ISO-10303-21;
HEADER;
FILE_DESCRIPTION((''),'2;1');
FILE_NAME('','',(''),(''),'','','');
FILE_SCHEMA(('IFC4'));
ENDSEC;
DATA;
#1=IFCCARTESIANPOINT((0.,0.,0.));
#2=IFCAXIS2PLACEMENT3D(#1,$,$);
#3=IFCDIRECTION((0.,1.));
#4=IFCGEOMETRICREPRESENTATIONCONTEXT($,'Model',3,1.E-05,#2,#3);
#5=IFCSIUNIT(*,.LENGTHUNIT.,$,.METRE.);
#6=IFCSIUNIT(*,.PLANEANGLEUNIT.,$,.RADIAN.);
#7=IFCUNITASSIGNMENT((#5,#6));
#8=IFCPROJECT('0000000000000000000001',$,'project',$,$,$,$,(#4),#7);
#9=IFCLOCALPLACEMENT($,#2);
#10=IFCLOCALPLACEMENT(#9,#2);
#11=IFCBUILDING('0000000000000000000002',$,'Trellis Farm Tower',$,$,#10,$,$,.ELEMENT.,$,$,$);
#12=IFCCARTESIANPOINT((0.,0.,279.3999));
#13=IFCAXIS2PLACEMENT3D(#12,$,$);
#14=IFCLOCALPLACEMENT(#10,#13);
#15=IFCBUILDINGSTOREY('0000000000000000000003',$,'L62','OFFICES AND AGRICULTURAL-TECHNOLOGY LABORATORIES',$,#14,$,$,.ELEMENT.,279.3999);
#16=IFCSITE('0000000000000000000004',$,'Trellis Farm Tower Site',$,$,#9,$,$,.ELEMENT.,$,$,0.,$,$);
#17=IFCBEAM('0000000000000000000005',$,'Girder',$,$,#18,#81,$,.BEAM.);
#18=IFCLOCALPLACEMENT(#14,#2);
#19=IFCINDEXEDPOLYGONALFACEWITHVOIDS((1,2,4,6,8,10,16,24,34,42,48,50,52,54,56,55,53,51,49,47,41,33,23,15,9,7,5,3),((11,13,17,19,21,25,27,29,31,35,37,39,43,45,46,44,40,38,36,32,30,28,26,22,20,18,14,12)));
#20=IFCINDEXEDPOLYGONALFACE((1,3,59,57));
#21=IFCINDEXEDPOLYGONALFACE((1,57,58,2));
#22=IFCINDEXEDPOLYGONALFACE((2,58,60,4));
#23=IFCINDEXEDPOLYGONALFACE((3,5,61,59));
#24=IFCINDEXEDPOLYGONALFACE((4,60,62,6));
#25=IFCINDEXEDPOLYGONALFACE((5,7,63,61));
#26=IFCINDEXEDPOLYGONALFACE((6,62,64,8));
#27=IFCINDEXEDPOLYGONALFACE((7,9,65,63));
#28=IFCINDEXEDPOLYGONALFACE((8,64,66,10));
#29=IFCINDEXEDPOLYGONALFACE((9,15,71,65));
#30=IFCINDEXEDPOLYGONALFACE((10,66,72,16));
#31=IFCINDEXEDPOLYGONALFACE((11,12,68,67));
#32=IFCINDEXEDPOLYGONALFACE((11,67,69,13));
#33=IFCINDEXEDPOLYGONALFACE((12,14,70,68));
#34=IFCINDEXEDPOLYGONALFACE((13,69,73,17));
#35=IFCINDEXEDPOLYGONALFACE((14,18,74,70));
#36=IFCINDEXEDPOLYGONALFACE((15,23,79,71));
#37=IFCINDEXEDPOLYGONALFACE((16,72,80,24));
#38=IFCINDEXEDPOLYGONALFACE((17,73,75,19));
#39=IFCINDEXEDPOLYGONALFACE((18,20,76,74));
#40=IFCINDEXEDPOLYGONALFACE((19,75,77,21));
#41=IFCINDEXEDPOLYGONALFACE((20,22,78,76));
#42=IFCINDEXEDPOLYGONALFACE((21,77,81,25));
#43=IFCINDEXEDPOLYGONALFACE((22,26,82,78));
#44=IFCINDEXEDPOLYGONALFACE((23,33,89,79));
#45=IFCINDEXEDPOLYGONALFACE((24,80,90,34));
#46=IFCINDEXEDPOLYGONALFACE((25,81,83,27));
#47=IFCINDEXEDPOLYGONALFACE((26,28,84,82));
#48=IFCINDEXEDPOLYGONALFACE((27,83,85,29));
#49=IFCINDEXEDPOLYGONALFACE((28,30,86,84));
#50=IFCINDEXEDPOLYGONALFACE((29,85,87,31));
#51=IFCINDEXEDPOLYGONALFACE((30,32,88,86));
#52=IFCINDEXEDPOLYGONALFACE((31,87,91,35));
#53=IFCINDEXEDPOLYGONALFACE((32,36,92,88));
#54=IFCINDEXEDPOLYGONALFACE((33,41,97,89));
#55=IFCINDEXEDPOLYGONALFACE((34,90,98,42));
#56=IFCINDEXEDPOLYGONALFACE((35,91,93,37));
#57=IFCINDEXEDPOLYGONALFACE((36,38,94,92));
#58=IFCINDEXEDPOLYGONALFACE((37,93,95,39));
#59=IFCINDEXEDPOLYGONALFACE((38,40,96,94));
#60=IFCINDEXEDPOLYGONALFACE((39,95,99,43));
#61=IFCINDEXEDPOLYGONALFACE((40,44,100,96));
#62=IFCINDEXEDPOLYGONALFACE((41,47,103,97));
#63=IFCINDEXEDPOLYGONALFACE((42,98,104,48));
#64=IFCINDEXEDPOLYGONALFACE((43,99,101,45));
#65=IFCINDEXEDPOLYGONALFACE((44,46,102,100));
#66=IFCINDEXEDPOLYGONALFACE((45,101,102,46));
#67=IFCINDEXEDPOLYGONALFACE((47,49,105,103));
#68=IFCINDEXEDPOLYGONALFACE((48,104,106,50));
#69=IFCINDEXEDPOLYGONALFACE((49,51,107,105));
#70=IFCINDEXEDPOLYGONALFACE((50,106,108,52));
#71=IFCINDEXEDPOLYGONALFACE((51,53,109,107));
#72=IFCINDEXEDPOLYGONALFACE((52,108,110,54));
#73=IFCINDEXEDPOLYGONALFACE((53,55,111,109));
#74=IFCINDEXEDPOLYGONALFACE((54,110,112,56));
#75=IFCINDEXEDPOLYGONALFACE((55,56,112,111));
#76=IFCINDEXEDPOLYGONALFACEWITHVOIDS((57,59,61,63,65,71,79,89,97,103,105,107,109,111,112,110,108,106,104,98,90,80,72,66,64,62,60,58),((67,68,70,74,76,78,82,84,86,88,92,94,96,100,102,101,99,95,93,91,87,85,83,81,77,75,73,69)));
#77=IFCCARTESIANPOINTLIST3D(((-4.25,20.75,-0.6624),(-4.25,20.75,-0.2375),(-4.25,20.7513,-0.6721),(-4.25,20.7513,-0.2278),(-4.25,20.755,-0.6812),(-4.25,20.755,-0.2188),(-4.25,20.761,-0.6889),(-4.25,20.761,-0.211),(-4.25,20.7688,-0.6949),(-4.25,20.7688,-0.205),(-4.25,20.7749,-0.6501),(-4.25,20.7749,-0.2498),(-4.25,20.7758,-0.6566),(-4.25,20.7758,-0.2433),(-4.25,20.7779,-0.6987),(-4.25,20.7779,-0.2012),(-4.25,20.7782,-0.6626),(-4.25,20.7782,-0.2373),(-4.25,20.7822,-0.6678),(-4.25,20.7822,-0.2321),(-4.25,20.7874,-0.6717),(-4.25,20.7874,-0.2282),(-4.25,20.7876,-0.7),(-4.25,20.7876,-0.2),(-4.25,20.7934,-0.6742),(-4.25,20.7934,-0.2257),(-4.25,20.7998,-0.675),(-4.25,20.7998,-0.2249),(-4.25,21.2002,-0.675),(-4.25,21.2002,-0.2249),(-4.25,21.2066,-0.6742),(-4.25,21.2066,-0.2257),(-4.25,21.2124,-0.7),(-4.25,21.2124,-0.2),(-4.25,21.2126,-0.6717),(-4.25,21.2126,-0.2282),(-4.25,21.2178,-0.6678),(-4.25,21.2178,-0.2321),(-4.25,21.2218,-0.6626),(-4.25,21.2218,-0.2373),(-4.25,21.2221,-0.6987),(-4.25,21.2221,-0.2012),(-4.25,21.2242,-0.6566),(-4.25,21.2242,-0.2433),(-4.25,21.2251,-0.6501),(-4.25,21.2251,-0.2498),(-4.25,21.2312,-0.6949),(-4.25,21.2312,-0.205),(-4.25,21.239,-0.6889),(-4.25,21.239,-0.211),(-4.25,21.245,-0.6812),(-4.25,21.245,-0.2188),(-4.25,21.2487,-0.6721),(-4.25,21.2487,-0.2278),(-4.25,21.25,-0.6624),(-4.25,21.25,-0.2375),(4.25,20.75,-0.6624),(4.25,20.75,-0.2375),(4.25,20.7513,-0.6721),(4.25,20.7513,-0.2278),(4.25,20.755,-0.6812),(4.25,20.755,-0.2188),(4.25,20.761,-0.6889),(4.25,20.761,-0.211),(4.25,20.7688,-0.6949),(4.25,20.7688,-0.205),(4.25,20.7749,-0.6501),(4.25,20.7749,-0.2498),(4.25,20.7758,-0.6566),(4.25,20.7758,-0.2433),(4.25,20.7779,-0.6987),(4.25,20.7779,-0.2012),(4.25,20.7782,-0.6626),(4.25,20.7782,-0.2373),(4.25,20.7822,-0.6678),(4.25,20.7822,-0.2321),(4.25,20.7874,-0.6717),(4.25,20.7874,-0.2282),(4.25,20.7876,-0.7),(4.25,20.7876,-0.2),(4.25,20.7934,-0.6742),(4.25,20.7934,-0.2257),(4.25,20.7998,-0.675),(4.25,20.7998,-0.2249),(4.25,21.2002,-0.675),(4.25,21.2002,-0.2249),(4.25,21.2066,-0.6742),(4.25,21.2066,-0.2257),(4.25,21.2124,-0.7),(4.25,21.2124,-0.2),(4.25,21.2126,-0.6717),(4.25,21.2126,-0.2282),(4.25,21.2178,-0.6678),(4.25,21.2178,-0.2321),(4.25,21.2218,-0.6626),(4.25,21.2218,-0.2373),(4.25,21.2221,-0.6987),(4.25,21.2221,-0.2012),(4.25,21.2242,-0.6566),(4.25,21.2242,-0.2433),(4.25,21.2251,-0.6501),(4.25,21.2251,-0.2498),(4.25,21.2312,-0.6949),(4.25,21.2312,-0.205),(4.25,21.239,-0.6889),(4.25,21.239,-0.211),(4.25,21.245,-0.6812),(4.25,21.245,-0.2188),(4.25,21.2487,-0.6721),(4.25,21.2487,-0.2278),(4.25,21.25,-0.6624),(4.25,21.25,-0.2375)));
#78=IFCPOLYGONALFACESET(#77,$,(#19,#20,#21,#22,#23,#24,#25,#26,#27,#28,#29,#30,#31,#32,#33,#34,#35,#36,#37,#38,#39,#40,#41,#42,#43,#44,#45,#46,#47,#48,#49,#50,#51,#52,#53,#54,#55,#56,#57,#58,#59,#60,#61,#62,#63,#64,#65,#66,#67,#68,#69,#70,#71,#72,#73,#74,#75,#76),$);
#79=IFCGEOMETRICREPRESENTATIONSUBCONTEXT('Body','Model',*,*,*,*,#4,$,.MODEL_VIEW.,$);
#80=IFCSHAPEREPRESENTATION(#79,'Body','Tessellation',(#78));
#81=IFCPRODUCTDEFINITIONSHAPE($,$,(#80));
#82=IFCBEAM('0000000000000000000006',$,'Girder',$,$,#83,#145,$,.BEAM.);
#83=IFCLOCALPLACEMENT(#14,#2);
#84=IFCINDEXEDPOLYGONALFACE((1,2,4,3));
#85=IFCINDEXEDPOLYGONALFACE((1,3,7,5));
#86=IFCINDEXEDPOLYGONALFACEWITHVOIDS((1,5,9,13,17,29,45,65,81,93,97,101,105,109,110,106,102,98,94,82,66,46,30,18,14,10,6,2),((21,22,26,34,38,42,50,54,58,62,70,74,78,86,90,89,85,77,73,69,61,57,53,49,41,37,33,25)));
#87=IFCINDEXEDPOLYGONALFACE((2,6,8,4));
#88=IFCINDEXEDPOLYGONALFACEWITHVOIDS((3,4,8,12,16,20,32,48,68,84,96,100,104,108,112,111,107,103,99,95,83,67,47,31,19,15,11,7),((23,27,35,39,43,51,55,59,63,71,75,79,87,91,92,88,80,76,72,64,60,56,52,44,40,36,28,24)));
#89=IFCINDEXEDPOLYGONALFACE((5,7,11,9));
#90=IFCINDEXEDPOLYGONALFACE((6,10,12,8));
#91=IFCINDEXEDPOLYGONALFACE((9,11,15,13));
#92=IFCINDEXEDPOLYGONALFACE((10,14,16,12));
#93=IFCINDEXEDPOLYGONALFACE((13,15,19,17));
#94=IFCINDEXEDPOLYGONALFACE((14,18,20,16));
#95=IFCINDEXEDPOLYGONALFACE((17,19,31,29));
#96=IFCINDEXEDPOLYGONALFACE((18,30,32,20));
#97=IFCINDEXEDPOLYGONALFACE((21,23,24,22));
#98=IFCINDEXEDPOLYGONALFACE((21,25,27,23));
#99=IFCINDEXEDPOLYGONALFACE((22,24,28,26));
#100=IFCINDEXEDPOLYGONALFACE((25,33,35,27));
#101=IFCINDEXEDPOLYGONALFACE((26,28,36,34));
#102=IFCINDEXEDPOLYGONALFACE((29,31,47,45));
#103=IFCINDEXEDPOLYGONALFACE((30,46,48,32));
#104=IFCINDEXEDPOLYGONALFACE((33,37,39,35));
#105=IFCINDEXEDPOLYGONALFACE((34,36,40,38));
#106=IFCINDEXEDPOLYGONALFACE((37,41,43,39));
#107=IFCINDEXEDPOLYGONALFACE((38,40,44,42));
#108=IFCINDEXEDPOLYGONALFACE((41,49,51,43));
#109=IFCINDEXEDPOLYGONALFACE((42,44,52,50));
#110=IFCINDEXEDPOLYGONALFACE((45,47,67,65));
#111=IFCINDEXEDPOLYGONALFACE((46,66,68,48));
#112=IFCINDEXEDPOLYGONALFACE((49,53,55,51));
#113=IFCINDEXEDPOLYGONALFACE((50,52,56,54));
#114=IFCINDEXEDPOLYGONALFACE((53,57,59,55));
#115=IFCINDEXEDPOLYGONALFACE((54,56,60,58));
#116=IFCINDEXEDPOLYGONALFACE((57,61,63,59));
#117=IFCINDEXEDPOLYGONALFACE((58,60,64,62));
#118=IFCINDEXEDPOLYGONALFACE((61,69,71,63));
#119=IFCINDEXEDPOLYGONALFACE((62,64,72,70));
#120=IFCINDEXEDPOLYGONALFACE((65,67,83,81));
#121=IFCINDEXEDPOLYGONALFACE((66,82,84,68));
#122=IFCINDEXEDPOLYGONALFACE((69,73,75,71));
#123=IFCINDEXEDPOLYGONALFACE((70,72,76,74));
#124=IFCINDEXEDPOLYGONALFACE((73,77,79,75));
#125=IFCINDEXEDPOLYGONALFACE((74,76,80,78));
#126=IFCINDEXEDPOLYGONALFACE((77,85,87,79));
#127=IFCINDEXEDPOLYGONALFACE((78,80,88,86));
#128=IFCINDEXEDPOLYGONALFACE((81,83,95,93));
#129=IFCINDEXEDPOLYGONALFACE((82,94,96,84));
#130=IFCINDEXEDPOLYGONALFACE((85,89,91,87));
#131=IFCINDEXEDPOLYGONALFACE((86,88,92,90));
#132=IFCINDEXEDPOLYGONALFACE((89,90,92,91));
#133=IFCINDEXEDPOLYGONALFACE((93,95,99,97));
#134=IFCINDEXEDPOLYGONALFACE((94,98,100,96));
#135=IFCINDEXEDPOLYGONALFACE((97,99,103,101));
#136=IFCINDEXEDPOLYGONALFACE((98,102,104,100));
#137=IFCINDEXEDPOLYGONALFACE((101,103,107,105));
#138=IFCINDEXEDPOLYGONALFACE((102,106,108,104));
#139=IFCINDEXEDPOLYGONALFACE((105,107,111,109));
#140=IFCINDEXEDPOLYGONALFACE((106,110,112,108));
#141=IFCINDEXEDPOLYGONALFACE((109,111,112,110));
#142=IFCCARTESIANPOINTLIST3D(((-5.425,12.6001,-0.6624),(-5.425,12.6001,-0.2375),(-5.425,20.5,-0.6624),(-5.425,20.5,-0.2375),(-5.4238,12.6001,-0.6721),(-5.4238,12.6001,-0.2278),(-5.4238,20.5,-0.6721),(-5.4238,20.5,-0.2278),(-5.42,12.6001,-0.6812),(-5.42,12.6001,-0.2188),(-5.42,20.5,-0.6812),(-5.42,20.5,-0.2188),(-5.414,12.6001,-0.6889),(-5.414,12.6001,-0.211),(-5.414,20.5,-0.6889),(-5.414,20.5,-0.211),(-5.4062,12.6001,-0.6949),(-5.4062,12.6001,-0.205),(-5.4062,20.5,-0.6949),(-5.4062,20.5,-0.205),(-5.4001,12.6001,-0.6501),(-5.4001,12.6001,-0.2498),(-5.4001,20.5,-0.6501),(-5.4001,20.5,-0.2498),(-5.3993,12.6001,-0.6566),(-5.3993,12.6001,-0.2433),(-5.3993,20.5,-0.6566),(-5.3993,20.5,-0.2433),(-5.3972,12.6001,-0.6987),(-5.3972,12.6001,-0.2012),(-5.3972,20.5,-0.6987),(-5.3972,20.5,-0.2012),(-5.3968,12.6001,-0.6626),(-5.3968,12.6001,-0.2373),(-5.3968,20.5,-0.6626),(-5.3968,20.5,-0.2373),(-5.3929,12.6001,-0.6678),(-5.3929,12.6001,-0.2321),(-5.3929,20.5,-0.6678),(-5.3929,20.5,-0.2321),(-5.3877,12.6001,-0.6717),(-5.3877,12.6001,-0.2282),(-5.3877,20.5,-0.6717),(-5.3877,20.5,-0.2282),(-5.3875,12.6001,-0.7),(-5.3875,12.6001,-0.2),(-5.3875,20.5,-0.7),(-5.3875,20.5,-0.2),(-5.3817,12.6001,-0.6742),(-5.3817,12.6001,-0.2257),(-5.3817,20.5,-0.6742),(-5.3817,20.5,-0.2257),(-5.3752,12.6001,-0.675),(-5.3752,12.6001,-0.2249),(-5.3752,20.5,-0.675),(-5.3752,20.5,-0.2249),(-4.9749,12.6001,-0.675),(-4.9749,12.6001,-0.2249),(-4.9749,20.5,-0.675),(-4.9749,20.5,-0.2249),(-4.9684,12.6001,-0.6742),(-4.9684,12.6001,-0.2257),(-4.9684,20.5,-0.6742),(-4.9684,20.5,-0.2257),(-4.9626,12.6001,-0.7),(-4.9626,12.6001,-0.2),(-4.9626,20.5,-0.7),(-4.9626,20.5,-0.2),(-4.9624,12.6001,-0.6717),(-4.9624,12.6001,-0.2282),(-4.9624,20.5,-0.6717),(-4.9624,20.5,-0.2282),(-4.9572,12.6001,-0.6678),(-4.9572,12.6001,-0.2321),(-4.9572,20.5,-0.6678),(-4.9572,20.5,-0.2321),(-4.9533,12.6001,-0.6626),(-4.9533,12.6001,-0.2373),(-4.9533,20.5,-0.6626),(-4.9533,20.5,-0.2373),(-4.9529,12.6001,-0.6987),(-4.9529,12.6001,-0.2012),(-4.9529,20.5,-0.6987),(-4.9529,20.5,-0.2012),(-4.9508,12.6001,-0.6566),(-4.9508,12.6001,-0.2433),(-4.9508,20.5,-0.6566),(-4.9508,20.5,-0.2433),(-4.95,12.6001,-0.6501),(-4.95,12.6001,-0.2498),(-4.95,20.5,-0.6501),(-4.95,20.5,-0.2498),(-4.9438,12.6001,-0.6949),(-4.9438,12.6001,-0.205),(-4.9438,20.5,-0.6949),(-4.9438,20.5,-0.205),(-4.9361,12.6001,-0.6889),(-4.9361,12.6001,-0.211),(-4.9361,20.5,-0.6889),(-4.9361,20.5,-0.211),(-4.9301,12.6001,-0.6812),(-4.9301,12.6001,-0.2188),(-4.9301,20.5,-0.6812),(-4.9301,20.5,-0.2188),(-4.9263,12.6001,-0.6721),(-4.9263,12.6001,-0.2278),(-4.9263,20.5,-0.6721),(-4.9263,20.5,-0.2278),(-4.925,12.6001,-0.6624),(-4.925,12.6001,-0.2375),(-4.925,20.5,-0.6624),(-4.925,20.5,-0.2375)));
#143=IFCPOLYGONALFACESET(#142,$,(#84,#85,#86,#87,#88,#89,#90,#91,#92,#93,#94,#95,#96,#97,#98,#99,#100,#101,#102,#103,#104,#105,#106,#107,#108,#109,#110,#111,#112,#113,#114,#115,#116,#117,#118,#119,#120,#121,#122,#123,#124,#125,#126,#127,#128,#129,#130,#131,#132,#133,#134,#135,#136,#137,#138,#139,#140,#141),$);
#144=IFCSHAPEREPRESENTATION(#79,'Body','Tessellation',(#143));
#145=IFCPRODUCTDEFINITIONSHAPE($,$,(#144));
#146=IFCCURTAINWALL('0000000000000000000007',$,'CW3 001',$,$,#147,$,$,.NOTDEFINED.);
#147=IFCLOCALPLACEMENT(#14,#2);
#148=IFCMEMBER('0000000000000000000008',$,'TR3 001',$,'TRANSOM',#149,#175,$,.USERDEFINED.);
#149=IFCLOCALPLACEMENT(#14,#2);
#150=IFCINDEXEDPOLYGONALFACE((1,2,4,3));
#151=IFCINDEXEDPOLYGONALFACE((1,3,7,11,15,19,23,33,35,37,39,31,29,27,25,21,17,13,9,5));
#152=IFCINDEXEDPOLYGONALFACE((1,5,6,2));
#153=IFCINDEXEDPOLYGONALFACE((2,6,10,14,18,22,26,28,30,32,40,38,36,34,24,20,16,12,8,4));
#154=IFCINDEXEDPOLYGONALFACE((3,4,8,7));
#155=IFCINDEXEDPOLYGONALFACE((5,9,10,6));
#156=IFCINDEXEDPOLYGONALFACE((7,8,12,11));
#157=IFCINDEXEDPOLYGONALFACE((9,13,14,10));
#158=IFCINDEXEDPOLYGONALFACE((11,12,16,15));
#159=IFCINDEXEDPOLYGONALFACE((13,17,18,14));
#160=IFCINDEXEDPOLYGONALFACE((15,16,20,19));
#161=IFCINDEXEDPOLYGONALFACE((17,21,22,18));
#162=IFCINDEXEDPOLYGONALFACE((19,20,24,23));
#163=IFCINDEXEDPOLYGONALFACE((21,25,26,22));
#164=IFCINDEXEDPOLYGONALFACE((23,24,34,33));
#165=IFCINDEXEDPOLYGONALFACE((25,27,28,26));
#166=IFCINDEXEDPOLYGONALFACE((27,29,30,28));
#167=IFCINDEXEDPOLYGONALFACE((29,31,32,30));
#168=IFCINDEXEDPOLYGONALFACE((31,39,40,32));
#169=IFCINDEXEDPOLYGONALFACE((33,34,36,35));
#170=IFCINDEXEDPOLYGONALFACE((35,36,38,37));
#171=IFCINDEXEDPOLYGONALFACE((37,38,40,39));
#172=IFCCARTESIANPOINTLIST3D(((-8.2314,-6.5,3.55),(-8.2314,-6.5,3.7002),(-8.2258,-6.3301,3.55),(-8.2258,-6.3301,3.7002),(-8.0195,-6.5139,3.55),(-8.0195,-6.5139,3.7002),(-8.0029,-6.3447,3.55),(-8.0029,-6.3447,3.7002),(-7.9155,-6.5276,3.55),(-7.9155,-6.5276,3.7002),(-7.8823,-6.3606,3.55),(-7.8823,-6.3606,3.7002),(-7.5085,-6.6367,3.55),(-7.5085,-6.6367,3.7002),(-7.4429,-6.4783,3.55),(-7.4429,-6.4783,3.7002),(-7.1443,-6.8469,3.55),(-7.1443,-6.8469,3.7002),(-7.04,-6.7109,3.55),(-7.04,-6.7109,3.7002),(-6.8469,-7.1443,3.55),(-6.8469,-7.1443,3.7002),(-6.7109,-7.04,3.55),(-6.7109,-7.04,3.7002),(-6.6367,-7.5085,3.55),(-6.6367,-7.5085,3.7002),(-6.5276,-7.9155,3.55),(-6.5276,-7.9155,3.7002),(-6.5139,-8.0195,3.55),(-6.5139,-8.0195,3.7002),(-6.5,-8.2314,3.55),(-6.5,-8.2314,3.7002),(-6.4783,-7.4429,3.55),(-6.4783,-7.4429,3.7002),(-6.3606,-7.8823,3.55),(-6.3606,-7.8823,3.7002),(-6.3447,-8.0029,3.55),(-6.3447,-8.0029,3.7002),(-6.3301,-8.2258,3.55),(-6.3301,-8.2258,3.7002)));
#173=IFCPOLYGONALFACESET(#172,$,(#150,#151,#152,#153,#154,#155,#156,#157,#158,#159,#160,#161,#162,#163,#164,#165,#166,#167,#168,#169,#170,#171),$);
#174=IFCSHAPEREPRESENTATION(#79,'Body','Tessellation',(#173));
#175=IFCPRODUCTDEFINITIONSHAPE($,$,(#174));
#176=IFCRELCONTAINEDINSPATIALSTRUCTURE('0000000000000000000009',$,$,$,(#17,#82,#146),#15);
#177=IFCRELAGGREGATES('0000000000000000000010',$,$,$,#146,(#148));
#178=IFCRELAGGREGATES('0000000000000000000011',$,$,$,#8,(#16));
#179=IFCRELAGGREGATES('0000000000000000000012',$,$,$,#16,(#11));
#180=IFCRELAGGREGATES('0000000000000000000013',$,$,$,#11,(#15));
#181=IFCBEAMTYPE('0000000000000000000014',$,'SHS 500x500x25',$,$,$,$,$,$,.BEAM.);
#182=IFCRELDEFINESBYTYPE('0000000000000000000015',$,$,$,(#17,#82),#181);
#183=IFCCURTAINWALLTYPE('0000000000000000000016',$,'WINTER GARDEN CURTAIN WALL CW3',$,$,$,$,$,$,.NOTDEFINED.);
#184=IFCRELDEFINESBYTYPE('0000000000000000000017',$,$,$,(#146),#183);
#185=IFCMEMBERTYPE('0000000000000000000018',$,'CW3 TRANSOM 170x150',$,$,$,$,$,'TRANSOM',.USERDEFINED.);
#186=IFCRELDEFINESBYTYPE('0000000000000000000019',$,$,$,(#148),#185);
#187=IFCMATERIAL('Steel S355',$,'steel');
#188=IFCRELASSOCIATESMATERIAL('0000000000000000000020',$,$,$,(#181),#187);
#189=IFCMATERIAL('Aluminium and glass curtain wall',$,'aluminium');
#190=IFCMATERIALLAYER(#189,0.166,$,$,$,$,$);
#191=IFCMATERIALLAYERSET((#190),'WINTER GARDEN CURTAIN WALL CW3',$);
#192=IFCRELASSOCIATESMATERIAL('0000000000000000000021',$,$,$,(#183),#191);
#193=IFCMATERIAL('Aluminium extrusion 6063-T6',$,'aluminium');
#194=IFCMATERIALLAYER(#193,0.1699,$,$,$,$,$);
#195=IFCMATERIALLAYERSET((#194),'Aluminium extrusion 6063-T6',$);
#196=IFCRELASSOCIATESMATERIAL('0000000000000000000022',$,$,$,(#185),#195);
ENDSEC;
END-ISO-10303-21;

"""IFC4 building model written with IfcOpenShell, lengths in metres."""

from ifc_helpers import new_model, si_unit, direction, frame, origin, origin_2d, place, context, subcontext, project, spatial, polyline, hollow_rectangle, outline, extrude, source, transform, mapped, material, layer, layer_set, material_profile, profile_set, type_object, element, aggregate, save


model = new_model("IFC4")

# Units and contexts
model_context = context("Model", 3, precision=1e-05, world=origin(), true_north=direction((0.0, 1.0)))
body_context = subcontext(model_context, "Body", "Model", "MODEL_VIEW")
ifc_project = project(units=[si_unit("LENGTHUNIT", "METRE"), si_unit("PLANEANGLEUNIT", "RADIAN")], contexts=[model_context])

# Site, building, storey
site_placement = place(None, origin())
site = spatial("IfcSite", under=ifc_project, at=site_placement, Name="Trellis Farm Tower Site", CompositionType="ELEMENT", RefElevation=0.0)
building_placement = place(site_placement, origin())
building = spatial("IfcBuilding", under=site, at=building_placement, Name="Trellis Farm Tower", CompositionType="ELEMENT")
storey_placement = place(building_placement, frame((0.0, 0.0, 279.3999)))
storey = spatial("IfcBuildingStorey", under=building, at=storey_placement, Name="L62", Description="OFFICES AND AGRICULTURAL-TECHNOLOGY LABORATORIES", CompositionType="ELEMENT", Elevation=279.3999)

# Shared definitions
ifc_material_1 = material(Name="Aluminium and glass curtain wall", Category="aluminium")
placement_1 = place(storey_placement, origin())
ifc_material_2 = material(Name="Aluminium extrusion 6063-T6", Category="aluminium")

# Beams
ifc_material_3 = material(Name="Steel S355", Category="steel")
ifc_material_profile_1 = material_profile(ifc_material_3, hollow_rectangle(XDim=0.5, YDim=0.5, WallThickness=0.0249, InnerFilletRadius=0.0249, OuterFilletRadius=0.0376, at=origin_2d()), Name="SHS 500x500x25")
ifc_profile_set_1 = profile_set([ifc_material_profile_1], Name="Steel S355")
beam_type_1 = type_object("IfcBeamType", Name="SHS 500x500x25", PredefinedType="BEAM", material=ifc_profile_set_1)
shared_shape_1 = source(origin(), body_context, "Body", "SweptSolid", [
    extrude(hollow_rectangle(XDim=0.5, YDim=0.5, WallThickness=0.0249, InnerFilletRadius=0.0249, OuterFilletRadius=0.0376, at=origin_2d()), origin(), (0.0, 0.0, 1.0), 8.5),
])
beam_1_placement = place(storey_placement, frame((-4.25, 21.0, -0.45), z_axis=(1.0, 0.0, 0.0), x_axis=(0.0, 1.0, 0.0)))
element("IfcBeam", 1, at=beam_1_placement, inside=storey, type_object=beam_type_1, Name="Girder", PredefinedType="BEAM", context=body_context, shape_type="MappedRepresentation", body=[
    mapped(shared_shape_1, transform((0.0, 0.0, 0.0))),
])
shared_shape_2 = source(origin(), body_context, "Body", "SweptSolid", [
    extrude(hollow_rectangle(XDim=0.5, YDim=0.5, WallThickness=0.0249, InnerFilletRadius=0.0249, OuterFilletRadius=0.0376, at=origin_2d()), origin(), (0.0, 0.0, 1.0), 7.8999),
])
beam_2_placement = place(storey_placement, frame((-5.175, 12.6001, -0.45), z_axis=(0.0, 1.0, 0.0), x_axis=(-1.0, 0.0, 0.0)))
element("IfcBeam", 2, at=beam_2_placement, inside=storey, type_object=beam_type_1, Name="Girder", PredefinedType="BEAM", context=body_context, shape_type="MappedRepresentation", body=[
    mapped(shared_shape_2, transform((0.0, 0.0, 0.0))),
])

# Curtain wall, member
ifc_layer_1 = layer(ifc_material_1, 0.166)
ifc_layer_set_1 = layer_set([ifc_layer_1], Name="WINTER GARDEN CURTAIN WALL CW3")
curtain_wall_type_1 = type_object("IfcCurtainWallType", Name="WINTER GARDEN CURTAIN WALL CW3", PredefinedType="NOTDEFINED", material=ifc_layer_set_1)
curtain_wall_1 = element("IfcCurtainWall", 3, at=placement_1, inside=storey, type_object=curtain_wall_type_1, Name="CW3 001", PredefinedType="NOTDEFINED")
ifc_layer_2 = layer(ifc_material_2, 0.1699)
ifc_layer_set_2 = layer_set([ifc_layer_2], Name="Aluminium extrusion 6063-T6")
member_type_1 = type_object("IfcMemberType", Name="CW3 TRANSOM 170x150", ElementType="TRANSOM", PredefinedType="USERDEFINED", material=ifc_layer_set_2)
shared_shape_3 = source(origin(), body_context, "Body", "SweptSolid", [
    extrude(outline(polyline([(-8.2314, -6.5), (-8.0195, -6.5139), (-7.9155, -6.5276), (-7.5085, -6.6367), (-7.1443, -6.8469), (-6.8469, -7.1443), (-6.6367, -7.5085), (-6.5276, -7.9155), (-6.5139, -8.0195), (-6.5, -8.2314), (-6.3301, -8.2258), (-6.3447, -8.0029), (-6.3606, -7.8823), (-6.4783, -7.4429), (-6.7109, -7.04), (-7.04, -6.7109), (-7.4429, -6.4783), (-7.8823, -6.3606), (-8.0029, -6.3447), (-8.2258, -6.3301), (-8.2314, -6.5)])), origin(), (0.0, 0.0, 1.0), 0.1501),
])
placement_2 = place(storey_placement, frame((0.0, 0.0, 3.55)))
member_1 = element("IfcMember", 4, at=placement_2, type_object=member_type_1, Name="TR3 001", ObjectType="TRANSOM", PredefinedType="USERDEFINED", context=body_context, shape_type="MappedRepresentation", body=[
    mapped(shared_shape_3, transform((0.0, 0.0, 0.0))),
])

aggregate(curtain_wall_1, [member_1])

save(model, "model.ifc")
